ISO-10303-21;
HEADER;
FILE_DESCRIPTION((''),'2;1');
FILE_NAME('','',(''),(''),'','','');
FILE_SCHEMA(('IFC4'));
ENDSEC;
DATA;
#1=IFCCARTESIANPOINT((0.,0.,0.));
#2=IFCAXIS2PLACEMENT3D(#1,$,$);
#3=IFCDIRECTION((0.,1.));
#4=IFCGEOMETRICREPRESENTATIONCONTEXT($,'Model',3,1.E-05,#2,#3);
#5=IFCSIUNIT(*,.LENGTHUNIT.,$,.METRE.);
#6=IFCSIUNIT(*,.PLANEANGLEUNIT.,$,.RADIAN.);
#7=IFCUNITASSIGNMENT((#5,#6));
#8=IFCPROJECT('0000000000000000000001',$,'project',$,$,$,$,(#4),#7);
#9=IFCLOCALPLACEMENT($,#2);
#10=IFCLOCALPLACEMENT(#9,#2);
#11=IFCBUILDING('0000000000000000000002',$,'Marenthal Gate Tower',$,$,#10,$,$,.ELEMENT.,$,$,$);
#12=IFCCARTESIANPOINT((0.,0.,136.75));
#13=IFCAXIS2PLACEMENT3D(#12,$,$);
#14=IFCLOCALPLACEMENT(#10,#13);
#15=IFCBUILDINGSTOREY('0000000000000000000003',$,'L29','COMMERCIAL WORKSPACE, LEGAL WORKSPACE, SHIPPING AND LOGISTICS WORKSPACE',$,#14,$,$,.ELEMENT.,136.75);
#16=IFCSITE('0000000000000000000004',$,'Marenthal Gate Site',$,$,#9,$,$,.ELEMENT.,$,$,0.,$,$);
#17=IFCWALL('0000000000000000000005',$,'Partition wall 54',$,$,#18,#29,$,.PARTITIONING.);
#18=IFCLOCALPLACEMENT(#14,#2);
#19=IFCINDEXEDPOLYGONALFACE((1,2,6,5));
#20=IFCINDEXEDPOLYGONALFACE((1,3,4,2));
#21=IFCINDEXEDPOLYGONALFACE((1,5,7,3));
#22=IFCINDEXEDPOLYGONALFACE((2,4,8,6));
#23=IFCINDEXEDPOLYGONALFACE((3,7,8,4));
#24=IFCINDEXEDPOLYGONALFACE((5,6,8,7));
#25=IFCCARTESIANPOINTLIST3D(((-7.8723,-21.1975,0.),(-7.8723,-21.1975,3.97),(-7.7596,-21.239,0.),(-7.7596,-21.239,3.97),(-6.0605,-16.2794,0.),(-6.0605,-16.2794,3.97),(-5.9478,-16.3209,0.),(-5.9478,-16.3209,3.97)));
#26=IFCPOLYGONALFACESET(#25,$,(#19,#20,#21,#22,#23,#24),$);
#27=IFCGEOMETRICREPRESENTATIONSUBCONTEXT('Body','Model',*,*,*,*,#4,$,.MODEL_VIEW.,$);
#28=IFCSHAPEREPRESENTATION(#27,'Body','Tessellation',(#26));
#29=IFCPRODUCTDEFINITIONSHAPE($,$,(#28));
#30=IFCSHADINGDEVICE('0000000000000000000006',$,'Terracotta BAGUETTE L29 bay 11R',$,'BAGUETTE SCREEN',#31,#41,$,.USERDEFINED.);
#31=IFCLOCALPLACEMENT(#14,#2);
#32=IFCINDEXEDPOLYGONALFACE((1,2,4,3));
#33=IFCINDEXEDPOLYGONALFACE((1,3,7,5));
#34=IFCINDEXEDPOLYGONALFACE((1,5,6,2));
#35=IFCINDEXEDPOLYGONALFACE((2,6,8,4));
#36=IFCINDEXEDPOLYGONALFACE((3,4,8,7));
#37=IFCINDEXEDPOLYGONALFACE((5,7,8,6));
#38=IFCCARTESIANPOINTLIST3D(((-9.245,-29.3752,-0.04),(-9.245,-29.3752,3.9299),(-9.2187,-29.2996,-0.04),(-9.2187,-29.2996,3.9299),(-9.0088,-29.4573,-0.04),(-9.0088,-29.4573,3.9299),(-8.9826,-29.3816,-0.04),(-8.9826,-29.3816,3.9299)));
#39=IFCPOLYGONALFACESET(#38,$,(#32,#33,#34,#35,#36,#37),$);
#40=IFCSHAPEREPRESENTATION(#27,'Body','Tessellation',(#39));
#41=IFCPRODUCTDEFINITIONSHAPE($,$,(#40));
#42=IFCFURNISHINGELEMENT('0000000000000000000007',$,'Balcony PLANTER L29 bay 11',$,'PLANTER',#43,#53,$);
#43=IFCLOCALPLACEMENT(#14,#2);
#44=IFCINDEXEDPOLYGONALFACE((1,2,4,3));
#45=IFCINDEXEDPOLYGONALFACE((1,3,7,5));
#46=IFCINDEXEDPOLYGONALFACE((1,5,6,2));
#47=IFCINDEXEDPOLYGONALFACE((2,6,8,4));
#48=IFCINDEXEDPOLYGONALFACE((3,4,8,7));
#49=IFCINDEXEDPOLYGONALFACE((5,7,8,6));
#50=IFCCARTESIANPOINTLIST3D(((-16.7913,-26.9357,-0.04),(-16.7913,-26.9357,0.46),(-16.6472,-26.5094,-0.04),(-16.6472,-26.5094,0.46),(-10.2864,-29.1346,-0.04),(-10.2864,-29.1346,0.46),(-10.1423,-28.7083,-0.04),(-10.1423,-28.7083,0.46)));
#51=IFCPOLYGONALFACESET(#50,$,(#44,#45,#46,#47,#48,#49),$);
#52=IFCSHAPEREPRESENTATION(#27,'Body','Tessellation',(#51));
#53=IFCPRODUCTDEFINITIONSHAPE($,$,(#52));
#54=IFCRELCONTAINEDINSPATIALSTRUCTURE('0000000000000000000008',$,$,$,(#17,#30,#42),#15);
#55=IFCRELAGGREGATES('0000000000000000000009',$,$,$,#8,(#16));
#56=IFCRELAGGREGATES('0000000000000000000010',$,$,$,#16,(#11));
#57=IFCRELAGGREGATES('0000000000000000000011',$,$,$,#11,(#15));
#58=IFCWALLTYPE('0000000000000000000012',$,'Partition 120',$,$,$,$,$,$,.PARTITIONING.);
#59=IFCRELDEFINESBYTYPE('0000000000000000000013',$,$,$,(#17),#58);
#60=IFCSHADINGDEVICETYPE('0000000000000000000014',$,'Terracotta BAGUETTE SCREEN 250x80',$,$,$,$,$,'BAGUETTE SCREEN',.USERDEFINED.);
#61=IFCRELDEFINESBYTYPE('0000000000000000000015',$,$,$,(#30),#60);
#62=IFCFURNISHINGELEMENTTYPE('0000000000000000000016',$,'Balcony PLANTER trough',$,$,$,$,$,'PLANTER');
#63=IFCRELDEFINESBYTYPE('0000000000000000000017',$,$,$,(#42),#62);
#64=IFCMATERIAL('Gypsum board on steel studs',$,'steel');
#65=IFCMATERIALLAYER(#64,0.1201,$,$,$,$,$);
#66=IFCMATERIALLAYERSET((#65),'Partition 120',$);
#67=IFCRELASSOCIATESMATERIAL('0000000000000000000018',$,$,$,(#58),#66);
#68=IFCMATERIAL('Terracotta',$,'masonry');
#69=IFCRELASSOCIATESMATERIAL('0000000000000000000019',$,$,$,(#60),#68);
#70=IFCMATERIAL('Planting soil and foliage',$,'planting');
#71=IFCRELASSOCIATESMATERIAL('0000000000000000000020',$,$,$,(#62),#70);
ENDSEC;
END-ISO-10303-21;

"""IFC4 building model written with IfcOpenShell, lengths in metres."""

from ifc_helpers import new_model, si_unit, direction, frame, frame_2d, origin, origin_2d, place, context, subcontext, project, spatial, rectangle, extrude, material, layer, layer_set, material_profile, profile_set, type_object, element, save


model = new_model("IFC4")

# Units and contexts
model_context = context("Model", 3, precision=1e-05, world=origin(), true_north=direction((0.0, 1.0)))
body_context = subcontext(model_context, "Body", "Model", "MODEL_VIEW")
ifc_project = project(units=[si_unit("LENGTHUNIT", "METRE"), si_unit("PLANEANGLEUNIT", "RADIAN")], contexts=[model_context])

# Site, building, storey
site_placement = place(None, origin())
site = spatial("IfcSite", under=ifc_project, at=site_placement, Name="Marenthal Gate Site", CompositionType="ELEMENT", RefElevation=0.0)
building_placement = place(site_placement, origin())
building = spatial("IfcBuilding", under=site, at=building_placement, Name="Marenthal Gate Tower", CompositionType="ELEMENT")
storey_placement = place(building_placement, frame((0.0, 0.0, 136.75)))
storey = spatial("IfcBuildingStorey", under=building, at=storey_placement, Name="L29", Description="COMMERCIAL WORKSPACE, LEGAL WORKSPACE, SHIPPING AND LOGISTICS WORKSPACE", CompositionType="ELEMENT", Elevation=136.75)

# Wall
ifc_material_1 = material(Name="Gypsum board on steel studs", Category="steel")
ifc_layer_1 = layer(ifc_material_1, 0.1201)
ifc_layer_set_1 = layer_set([ifc_layer_1], Name="Partition 120")
wall_type = type_object("IfcWallType", Name="Partition 120", PredefinedType="PARTITIONING", material=ifc_layer_set_1)
wall_1_placement = place(storey_placement, frame((-7.8159, -21.2183, 0.0), z_axis=(0.0, 0.0, 1.0), x_axis=(0.345671, 0.938356, 0.0)))
element("IfcWall", 1, at=wall_1_placement, inside=storey, type_object=wall_type, Name="Partition wall 54", PredefinedType="PARTITIONING", context=body_context, shape_type="SweptSolid", body=[
    extrude(rectangle(XDim=5.2412, YDim=0.1201, at=frame_2d((2.6206, 0.0))), origin(), (0.0, 0.0, 1.0), 3.97),
])

# Shading device
ifc_material_2 = material(Name="Terracotta", Category="masonry")
ifc_material_profile_1 = material_profile(ifc_material_2, rectangle(XDim=0.25, YDim=0.0801, at=origin_2d()), Name="Terracotta baguette 250x80")
ifc_profile_set_1 = profile_set([ifc_material_profile_1], Name="Terracotta")
shading_device_type = type_object("IfcShadingDeviceType", Name="Terracotta BAGUETTE SCREEN 250x80", ElementType="BAGUETTE SCREEN", PredefinedType="USERDEFINED", material=ifc_profile_set_1)
shading_device_placement = place(storey_placement, frame((-9.1138, -29.3784, -0.04), z_axis=(0.0, 0.0, 1.0), x_axis=(0.944552, -0.328363, 0.0)))
element("IfcShadingDevice", 2, at=shading_device_placement, inside=storey, type_object=shading_device_type, Name="Terracotta BAGUETTE L29 bay 11R", ObjectType="BAGUETTE SCREEN", PredefinedType="USERDEFINED", context=body_context, shape_type="SweptSolid", body=[
    extrude(rectangle(XDim=0.25, YDim=0.0801, at=origin_2d()), origin(), (0.0, 0.0, 1.0), 3.97),
])

# Furnishing element
ifc_material_3 = material(Name="Planting soil and foliage", Category="planting")
furnishing_element_type = type_object("IfcFurnishingElementType", Name="Balcony PLANTER trough", ElementType="PLANTER", material=ifc_material_3)
furnishing_placement = place(storey_placement, frame((-13.4668, -27.822, -0.04), z_axis=(0.0, 0.0, 1.0), x_axis=(0.947338, -0.320236, 0.0)))
element("IfcFurnishingElement", 3, at=furnishing_placement, inside=storey, type_object=furnishing_element_type, Name="Balcony PLANTER L29 bay 11", ObjectType="PLANTER", context=body_context, shape_type="SweptSolid", body=[
    extrude(rectangle(XDim=6.8665, YDim=0.45, at=origin_2d()), origin(), (0.0, 0.0, 1.0), 0.5),
])

save(model, "model.ifc")
